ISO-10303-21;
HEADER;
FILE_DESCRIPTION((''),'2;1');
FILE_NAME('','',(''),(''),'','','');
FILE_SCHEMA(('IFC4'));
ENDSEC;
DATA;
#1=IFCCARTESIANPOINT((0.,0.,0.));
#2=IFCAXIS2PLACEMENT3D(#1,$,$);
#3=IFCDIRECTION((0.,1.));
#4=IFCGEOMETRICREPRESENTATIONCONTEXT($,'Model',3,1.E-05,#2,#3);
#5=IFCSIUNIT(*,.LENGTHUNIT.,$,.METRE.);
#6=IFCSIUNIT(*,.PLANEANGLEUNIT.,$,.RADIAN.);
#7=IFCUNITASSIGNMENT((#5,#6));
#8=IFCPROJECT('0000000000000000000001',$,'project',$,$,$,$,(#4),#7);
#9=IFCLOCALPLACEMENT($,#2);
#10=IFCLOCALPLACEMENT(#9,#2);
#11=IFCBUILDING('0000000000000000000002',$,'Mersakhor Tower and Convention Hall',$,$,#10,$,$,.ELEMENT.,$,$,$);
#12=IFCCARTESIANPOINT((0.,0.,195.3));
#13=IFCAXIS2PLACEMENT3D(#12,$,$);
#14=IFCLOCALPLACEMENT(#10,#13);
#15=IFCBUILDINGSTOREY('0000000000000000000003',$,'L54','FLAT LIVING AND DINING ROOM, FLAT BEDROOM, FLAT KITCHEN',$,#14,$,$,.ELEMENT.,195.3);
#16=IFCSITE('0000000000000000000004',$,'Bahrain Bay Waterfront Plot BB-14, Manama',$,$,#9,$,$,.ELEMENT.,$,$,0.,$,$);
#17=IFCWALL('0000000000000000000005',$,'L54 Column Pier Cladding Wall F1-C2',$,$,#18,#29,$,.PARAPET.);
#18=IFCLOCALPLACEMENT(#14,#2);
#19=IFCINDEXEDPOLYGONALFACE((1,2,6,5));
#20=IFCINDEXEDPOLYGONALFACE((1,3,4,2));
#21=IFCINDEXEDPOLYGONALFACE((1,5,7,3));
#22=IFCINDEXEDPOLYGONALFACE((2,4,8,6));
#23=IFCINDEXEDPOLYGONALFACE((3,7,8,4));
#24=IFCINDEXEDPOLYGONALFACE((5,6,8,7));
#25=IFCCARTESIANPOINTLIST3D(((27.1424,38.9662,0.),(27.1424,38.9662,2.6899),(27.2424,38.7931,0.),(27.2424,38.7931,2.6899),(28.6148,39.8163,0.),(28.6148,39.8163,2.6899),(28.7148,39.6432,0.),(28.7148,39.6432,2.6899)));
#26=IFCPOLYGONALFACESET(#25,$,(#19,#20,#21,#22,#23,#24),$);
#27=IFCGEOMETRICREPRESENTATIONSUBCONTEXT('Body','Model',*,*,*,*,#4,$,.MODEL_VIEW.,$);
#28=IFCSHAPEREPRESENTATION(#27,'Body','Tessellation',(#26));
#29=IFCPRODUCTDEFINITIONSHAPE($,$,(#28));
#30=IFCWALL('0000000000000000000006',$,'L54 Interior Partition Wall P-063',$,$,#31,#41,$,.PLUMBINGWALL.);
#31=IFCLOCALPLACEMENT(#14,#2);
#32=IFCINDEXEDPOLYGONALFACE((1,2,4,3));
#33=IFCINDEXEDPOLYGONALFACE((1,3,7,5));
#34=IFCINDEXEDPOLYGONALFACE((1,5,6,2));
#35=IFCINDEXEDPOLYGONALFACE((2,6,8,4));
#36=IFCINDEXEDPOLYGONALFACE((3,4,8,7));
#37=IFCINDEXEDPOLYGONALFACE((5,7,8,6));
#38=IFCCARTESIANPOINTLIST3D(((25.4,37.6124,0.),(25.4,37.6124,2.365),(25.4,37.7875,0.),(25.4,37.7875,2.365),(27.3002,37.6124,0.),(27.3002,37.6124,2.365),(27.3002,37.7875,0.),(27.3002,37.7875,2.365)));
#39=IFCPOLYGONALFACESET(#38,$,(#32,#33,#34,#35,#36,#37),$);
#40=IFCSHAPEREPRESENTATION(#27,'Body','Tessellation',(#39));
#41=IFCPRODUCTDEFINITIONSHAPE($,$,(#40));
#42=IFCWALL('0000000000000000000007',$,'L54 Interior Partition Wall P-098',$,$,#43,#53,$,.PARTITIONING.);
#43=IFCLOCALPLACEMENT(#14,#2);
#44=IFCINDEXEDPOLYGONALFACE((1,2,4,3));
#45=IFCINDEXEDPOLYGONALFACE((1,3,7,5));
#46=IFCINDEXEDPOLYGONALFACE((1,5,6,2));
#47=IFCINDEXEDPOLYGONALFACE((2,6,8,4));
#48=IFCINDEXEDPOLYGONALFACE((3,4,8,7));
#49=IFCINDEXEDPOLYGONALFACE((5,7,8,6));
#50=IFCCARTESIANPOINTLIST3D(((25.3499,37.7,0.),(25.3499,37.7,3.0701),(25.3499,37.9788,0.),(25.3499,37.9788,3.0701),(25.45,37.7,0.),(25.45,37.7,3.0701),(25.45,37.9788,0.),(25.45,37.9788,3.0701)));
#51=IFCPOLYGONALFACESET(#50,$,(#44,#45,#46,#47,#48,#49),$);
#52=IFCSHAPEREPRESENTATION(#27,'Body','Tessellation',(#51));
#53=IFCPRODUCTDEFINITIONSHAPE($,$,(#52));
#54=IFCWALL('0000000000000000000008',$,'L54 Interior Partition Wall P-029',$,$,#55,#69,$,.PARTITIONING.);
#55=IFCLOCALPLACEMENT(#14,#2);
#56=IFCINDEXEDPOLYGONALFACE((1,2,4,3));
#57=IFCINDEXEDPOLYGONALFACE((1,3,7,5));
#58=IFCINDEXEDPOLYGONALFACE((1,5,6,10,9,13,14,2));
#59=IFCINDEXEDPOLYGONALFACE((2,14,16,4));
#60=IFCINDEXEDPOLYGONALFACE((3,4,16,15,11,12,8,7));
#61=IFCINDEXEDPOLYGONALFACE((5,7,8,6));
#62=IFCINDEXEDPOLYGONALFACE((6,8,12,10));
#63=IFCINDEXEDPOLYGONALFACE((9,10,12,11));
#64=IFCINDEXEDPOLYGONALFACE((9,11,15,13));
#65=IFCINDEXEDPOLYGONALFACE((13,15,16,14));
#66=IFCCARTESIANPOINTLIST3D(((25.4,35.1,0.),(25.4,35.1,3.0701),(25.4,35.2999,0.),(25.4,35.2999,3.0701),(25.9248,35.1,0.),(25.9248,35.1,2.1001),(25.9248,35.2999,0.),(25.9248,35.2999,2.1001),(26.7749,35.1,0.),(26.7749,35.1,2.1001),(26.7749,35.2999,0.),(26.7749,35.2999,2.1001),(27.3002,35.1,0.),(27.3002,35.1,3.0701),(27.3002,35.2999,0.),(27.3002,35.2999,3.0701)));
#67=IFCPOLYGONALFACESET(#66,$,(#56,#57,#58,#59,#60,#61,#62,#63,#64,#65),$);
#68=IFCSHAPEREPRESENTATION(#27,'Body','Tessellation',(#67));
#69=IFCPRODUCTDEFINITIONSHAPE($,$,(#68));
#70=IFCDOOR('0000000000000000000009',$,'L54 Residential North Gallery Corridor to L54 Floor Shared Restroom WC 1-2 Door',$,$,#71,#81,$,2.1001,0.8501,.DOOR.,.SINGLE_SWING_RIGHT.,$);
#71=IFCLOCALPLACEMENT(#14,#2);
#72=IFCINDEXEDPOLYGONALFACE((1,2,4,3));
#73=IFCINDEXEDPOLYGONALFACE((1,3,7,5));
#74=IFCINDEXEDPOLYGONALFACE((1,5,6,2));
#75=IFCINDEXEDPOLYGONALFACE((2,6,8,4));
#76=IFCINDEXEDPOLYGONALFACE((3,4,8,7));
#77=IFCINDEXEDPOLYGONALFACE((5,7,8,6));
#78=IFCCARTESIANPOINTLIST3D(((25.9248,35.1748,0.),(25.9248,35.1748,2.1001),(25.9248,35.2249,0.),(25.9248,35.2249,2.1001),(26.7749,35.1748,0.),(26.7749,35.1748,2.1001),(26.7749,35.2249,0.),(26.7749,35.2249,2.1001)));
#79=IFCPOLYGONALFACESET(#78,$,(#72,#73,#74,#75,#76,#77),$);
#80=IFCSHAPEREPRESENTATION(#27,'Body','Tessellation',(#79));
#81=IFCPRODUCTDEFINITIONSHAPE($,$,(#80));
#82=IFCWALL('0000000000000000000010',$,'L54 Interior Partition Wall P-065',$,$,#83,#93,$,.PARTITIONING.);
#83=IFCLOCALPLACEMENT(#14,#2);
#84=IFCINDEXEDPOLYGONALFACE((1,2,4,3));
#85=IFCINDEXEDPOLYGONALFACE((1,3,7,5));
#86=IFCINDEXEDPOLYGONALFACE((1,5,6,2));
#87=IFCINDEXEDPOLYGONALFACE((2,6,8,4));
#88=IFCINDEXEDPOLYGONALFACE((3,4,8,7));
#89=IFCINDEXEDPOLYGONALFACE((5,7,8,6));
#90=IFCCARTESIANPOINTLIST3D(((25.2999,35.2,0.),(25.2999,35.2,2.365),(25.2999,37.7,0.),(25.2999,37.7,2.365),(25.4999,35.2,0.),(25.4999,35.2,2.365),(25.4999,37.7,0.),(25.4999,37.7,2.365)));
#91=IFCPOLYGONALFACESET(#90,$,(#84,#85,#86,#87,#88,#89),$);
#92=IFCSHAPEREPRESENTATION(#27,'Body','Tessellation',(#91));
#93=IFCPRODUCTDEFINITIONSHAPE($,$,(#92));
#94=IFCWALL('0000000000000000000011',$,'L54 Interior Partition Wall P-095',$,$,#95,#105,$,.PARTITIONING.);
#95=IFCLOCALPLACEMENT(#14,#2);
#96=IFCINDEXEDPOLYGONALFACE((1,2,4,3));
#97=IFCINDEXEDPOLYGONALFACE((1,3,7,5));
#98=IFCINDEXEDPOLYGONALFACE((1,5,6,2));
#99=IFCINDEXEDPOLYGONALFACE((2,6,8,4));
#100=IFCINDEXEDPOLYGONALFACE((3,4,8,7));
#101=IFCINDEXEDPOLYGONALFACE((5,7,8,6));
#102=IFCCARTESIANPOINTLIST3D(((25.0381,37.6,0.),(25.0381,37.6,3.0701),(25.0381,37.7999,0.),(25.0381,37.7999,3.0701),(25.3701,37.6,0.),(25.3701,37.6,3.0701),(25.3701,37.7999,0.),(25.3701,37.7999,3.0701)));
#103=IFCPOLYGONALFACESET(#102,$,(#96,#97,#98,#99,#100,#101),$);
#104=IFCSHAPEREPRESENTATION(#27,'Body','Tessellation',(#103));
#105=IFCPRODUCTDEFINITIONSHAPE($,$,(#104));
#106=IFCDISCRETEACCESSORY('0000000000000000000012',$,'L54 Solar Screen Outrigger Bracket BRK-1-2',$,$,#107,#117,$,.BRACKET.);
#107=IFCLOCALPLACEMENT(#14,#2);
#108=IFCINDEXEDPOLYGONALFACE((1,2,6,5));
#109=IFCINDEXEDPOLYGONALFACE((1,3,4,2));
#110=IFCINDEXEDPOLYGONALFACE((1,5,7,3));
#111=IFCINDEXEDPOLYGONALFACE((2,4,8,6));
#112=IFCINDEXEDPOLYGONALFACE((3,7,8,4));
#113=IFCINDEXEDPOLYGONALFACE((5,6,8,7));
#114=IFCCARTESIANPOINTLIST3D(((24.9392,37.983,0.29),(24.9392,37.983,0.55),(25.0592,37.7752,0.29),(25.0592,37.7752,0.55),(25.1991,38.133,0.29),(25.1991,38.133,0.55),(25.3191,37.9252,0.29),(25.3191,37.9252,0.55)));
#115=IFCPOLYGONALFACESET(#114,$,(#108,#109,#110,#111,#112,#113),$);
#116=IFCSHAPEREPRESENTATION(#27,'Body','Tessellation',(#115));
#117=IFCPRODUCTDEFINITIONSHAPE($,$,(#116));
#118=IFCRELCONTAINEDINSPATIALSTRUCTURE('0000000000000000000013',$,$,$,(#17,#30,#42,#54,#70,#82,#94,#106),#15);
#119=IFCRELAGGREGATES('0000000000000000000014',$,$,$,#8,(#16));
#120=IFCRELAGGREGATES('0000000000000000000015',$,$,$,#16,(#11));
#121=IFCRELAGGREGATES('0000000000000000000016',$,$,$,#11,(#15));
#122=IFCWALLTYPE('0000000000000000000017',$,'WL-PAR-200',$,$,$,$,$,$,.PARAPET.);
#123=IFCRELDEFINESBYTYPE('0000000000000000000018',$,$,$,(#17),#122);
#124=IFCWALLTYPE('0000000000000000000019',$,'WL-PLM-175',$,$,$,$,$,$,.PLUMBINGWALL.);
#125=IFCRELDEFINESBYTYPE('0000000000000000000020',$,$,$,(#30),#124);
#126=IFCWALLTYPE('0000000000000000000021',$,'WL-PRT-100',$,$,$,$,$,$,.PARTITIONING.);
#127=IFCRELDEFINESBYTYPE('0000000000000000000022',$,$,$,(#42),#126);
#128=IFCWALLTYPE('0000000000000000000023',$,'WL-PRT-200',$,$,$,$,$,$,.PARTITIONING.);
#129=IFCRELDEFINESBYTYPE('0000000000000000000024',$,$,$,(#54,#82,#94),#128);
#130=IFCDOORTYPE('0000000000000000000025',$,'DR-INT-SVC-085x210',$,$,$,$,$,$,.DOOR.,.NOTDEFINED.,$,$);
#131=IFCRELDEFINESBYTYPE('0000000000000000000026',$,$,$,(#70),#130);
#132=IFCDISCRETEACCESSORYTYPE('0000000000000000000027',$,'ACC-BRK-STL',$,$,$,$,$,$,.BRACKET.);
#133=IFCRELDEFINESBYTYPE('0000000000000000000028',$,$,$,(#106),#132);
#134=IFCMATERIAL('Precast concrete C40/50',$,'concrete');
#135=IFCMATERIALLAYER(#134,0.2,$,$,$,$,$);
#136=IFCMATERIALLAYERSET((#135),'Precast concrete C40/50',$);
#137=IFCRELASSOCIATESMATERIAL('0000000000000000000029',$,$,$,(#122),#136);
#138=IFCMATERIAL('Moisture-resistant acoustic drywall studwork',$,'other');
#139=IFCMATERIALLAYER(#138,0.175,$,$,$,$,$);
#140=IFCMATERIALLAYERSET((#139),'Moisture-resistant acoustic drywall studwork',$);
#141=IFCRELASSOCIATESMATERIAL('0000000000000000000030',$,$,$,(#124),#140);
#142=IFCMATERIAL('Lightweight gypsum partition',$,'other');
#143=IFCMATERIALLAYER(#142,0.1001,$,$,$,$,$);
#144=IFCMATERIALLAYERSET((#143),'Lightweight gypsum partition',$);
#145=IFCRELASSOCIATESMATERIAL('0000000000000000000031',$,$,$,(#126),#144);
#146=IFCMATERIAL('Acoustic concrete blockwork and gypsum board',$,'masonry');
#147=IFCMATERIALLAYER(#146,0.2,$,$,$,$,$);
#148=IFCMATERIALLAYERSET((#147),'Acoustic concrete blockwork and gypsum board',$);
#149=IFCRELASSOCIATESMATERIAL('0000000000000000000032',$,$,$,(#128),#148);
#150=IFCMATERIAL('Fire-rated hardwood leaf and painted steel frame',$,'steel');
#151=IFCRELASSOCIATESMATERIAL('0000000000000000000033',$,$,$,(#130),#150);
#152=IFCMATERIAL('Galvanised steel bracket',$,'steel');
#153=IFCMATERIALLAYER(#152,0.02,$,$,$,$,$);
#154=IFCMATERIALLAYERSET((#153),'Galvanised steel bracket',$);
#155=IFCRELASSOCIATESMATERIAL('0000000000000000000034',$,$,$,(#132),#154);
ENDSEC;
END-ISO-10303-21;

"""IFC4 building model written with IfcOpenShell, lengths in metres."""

from ifc_helpers import new_model, si_unit, direction, frame, frame_2d, origin, origin_2d, place, context, subcontext, project, spatial, rectangle, extrude, material, layer, layer_set, type_object, element, fill, save


model = new_model("IFC4")

# Units and contexts
model_context = context("Model", 3, precision=1e-05, world=origin(), true_north=direction((0.0, 1.0)))
body_context = subcontext(model_context, "Body", "Model", "MODEL_VIEW")
ifc_project = project(units=[si_unit("LENGTHUNIT", "METRE"), si_unit("PLANEANGLEUNIT", "RADIAN")], contexts=[model_context])

# Site, building, storey
site_placement = place(None, origin())
site = spatial("IfcSite", under=ifc_project, at=site_placement, Name="Bahrain Bay Waterfront Plot BB-14, Manama", CompositionType="ELEMENT", RefElevation=0.0)
building_placement = place(site_placement, origin())
building = spatial("IfcBuilding", under=site, at=building_placement, Name="Mersakhor Tower and Convention Hall", CompositionType="ELEMENT")
storey_placement = place(building_placement, frame((0.0, 0.0, 195.3)))
storey = spatial("IfcBuildingStorey", under=building, at=storey_placement, Name="L54", Description="FLAT LIVING AND DINING ROOM, FLAT BEDROOM, FLAT KITCHEN", CompositionType="ELEMENT", Elevation=195.3)

# Walls
ifc_material_1 = material(Name="Precast concrete C40/50", Category="concrete")
ifc_layer_1 = layer(ifc_material_1, 0.2)
ifc_layer_set_1 = layer_set([ifc_layer_1], Name="Precast concrete C40/50")
wall_type_1 = type_object("IfcWallType", Name="WL-PAR-200", PredefinedType="PARAPET", material=ifc_layer_set_1)
wall_1_placement = place(storey_placement, frame((27.1924, 38.8796, 0.0), z_axis=(0.0, 0.0, 1.0), x_axis=(0.866025, 0.5, 0.0)))
element("IfcWall", 1, at=wall_1_placement, inside=storey, type_object=wall_type_1, Name="L54 Column Pier Cladding Wall F1-C2", PredefinedType="PARAPET", context=body_context, shape_type="SweptSolid", body=[
    extrude(rectangle(XDim=1.7002, YDim=0.2, at=frame_2d((0.8501, 0.0))), origin(), (0.0, 0.0, 1.0), 2.6899),
])
ifc_material_2 = material(Name="Moisture-resistant acoustic drywall studwork", Category="other")
ifc_layer_2 = layer(ifc_material_2, 0.175)
ifc_layer_set_2 = layer_set([ifc_layer_2], Name="Moisture-resistant acoustic drywall studwork")
wall_type_2 = type_object("IfcWallType", Name="WL-PLM-175", PredefinedType="PLUMBINGWALL", material=ifc_layer_set_2)
wall_2_placement = place(storey_placement, frame((25.3999, 37.7, 0.0), z_axis=(0.0, 0.0, 1.0), x_axis=(1.0, 0.0, 0.0)))
element("IfcWall", 2, at=wall_2_placement, inside=storey, type_object=wall_type_2, Name="L54 Interior Partition Wall P-063", PredefinedType="PLUMBINGWALL", context=body_context, shape_type="SweptSolid", body=[
    extrude(rectangle(XDim=1.9001, YDim=0.175, at=frame_2d((0.9502, 0.0))), origin(), (0.0, 0.0, 1.0), 2.365),
])
ifc_material_3 = material(Name="Lightweight gypsum partition", Category="other")
ifc_layer_3 = layer(ifc_material_3, 0.1001)
ifc_layer_set_3 = layer_set([ifc_layer_3], Name="Lightweight gypsum partition")
wall_type_3 = type_object("IfcWallType", Name="WL-PRT-100", PredefinedType="PARTITIONING", material=ifc_layer_set_3)
wall_3_placement = place(storey_placement, frame((25.3999, 37.7, 0.0), z_axis=(0.0, 0.0, 1.0), x_axis=(0.0, 1.0, 0.0)))
element("IfcWall", 3, at=wall_3_placement, inside=storey, type_object=wall_type_3, Name="L54 Interior Partition Wall P-098", PredefinedType="PARTITIONING", context=body_context, shape_type="SweptSolid", body=[
    extrude(rectangle(XDim=0.2788, YDim=0.1001, at=frame_2d((0.1394, 0.0))), origin(), (0.0, 0.0, 1.0), 3.0701),
])

# Wall, opening, door
ifc_material_4 = material(Name="Acoustic concrete blockwork and gypsum board", Category="masonry")
ifc_layer_4 = layer(ifc_material_4, 0.2)
ifc_layer_set_4 = layer_set([ifc_layer_4], Name="Acoustic concrete blockwork and gypsum board")
wall_type_4 = type_object("IfcWallType", Name="WL-PRT-200", PredefinedType="PARTITIONING", material=ifc_layer_set_4)
wall_4_placement = place(storey_placement, frame((25.3999, 35.2, 0.0), z_axis=(0.0, 0.0, 1.0), x_axis=(1.0, 0.0, 0.0)))
wall_4 = element("IfcWall", 4, at=wall_4_placement, inside=storey, type_object=wall_type_4, Name="L54 Interior Partition Wall P-029", PredefinedType="PARTITIONING", context=body_context, shape_type="SweptSolid", body=[
    extrude(rectangle(XDim=1.9001, YDim=0.2, at=frame_2d((0.9502, 0.0))), origin(), (0.0, 0.0, 1.0), 3.0701),
])
opening_1_placement = place(wall_4_placement, frame((0.5249, 0.0, 0.0)))
opening_1 = element("IfcOpeningElement", 5, at=opening_1_placement, cuts=wall_4, PredefinedType="OPENING", context=body_context, shape_type="SweptSolid", body=[
    extrude(rectangle(XDim=0.8501, YDim=2.1001, at=frame_2d((0.425, 1.05))), frame((0.0, 0.1099, 0.0), z_axis=(0.0, -1.0, 0.0), x_axis=(1.0, 0.0, 0.0)), (0.0, 0.0, 1.0), 0.22),
])
ifc_material_5 = material(Name="Fire-rated hardwood leaf and painted steel frame", Category="steel")
door_type_1 = type_object("IfcDoorType", Name="DR-INT-SVC-085x210", OperationType="NOTDEFINED", PredefinedType="DOOR", material=ifc_material_5)
door_1_placement = place(opening_1_placement, origin())
door_1 = element("IfcDoor", 6, at=door_1_placement, inside=storey, type_object=door_type_1, Name="L54 Residential North Gallery Corridor to L54 Floor Shared Restroom WC 1-2 Door", OperationType="SINGLE_SWING_RIGHT", OverallHeight=2.1001, OverallWidth=0.8501, PredefinedType="DOOR", context=body_context, shape_type="SweptSolid", body=[
    extrude(rectangle(XDim=0.8501, YDim=2.1001, at=frame_2d((0.425, 1.05))), frame((0.0, 0.0249, 0.0), z_axis=(0.0, -1.0, 0.0), x_axis=(1.0, 0.0, 0.0)), (0.0, 0.0, 1.0), 0.05),
])
fill(opening_1, door_1)

# Walls
wall_5_placement = place(storey_placement, frame((25.3999, 35.2, 0.0), z_axis=(0.0, 0.0, 1.0), x_axis=(0.0, 1.0, 0.0)))
element("IfcWall", 7, at=wall_5_placement, inside=storey, type_object=wall_type_4, Name="L54 Interior Partition Wall P-065", PredefinedType="PARTITIONING", context=body_context, shape_type="SweptSolid", body=[
    extrude(rectangle(XDim=2.5, YDim=0.2, at=frame_2d((1.25, 0.0))), origin(), (0.0, 0.0, 1.0), 2.365),
])
wall_6_placement = place(storey_placement, frame((25.0381, 37.7, 0.0), z_axis=(0.0, 0.0, 1.0), x_axis=(1.0, 0.0, 0.0)))
element("IfcWall", 8, at=wall_6_placement, inside=storey, type_object=wall_type_4, Name="L54 Interior Partition Wall P-095", PredefinedType="PARTITIONING", context=body_context, shape_type="SweptSolid", body=[
    extrude(rectangle(XDim=0.332, YDim=0.2, at=frame_2d((0.166, 0.0))), origin(), (0.0, 0.0, 1.0), 3.0701),
])

# Discrete accessory
ifc_material_6 = material(Name="Galvanised steel bracket", Category="steel")
ifc_layer_5 = layer(ifc_material_6, 0.02)
ifc_layer_set_5 = layer_set([ifc_layer_5], Name="Galvanised steel bracket")
discrete_accessory_type = type_object("IfcDiscreteAccessoryType", Name="ACC-BRK-STL", PredefinedType="BRACKET", material=ifc_layer_set_5)
discrete_accessory_placement = place(storey_placement, frame((25.1292, 37.9541, 0.29), z_axis=(0.0, 0.0, 1.0), x_axis=(0.866025, 0.5, 0.0)))
element("IfcDiscreteAccessory", 9, at=discrete_accessory_placement, inside=storey, type_object=discrete_accessory_type, Name="L54 Solar Screen Outrigger Bracket BRK-1-2", PredefinedType="BRACKET", context=body_context, shape_type="SweptSolid", body=[
    extrude(rectangle(XDim=0.3, YDim=0.24, at=origin_2d()), origin(), (0.0, 0.0, 1.0), 0.26),
])

save(model, "model.ifc")
